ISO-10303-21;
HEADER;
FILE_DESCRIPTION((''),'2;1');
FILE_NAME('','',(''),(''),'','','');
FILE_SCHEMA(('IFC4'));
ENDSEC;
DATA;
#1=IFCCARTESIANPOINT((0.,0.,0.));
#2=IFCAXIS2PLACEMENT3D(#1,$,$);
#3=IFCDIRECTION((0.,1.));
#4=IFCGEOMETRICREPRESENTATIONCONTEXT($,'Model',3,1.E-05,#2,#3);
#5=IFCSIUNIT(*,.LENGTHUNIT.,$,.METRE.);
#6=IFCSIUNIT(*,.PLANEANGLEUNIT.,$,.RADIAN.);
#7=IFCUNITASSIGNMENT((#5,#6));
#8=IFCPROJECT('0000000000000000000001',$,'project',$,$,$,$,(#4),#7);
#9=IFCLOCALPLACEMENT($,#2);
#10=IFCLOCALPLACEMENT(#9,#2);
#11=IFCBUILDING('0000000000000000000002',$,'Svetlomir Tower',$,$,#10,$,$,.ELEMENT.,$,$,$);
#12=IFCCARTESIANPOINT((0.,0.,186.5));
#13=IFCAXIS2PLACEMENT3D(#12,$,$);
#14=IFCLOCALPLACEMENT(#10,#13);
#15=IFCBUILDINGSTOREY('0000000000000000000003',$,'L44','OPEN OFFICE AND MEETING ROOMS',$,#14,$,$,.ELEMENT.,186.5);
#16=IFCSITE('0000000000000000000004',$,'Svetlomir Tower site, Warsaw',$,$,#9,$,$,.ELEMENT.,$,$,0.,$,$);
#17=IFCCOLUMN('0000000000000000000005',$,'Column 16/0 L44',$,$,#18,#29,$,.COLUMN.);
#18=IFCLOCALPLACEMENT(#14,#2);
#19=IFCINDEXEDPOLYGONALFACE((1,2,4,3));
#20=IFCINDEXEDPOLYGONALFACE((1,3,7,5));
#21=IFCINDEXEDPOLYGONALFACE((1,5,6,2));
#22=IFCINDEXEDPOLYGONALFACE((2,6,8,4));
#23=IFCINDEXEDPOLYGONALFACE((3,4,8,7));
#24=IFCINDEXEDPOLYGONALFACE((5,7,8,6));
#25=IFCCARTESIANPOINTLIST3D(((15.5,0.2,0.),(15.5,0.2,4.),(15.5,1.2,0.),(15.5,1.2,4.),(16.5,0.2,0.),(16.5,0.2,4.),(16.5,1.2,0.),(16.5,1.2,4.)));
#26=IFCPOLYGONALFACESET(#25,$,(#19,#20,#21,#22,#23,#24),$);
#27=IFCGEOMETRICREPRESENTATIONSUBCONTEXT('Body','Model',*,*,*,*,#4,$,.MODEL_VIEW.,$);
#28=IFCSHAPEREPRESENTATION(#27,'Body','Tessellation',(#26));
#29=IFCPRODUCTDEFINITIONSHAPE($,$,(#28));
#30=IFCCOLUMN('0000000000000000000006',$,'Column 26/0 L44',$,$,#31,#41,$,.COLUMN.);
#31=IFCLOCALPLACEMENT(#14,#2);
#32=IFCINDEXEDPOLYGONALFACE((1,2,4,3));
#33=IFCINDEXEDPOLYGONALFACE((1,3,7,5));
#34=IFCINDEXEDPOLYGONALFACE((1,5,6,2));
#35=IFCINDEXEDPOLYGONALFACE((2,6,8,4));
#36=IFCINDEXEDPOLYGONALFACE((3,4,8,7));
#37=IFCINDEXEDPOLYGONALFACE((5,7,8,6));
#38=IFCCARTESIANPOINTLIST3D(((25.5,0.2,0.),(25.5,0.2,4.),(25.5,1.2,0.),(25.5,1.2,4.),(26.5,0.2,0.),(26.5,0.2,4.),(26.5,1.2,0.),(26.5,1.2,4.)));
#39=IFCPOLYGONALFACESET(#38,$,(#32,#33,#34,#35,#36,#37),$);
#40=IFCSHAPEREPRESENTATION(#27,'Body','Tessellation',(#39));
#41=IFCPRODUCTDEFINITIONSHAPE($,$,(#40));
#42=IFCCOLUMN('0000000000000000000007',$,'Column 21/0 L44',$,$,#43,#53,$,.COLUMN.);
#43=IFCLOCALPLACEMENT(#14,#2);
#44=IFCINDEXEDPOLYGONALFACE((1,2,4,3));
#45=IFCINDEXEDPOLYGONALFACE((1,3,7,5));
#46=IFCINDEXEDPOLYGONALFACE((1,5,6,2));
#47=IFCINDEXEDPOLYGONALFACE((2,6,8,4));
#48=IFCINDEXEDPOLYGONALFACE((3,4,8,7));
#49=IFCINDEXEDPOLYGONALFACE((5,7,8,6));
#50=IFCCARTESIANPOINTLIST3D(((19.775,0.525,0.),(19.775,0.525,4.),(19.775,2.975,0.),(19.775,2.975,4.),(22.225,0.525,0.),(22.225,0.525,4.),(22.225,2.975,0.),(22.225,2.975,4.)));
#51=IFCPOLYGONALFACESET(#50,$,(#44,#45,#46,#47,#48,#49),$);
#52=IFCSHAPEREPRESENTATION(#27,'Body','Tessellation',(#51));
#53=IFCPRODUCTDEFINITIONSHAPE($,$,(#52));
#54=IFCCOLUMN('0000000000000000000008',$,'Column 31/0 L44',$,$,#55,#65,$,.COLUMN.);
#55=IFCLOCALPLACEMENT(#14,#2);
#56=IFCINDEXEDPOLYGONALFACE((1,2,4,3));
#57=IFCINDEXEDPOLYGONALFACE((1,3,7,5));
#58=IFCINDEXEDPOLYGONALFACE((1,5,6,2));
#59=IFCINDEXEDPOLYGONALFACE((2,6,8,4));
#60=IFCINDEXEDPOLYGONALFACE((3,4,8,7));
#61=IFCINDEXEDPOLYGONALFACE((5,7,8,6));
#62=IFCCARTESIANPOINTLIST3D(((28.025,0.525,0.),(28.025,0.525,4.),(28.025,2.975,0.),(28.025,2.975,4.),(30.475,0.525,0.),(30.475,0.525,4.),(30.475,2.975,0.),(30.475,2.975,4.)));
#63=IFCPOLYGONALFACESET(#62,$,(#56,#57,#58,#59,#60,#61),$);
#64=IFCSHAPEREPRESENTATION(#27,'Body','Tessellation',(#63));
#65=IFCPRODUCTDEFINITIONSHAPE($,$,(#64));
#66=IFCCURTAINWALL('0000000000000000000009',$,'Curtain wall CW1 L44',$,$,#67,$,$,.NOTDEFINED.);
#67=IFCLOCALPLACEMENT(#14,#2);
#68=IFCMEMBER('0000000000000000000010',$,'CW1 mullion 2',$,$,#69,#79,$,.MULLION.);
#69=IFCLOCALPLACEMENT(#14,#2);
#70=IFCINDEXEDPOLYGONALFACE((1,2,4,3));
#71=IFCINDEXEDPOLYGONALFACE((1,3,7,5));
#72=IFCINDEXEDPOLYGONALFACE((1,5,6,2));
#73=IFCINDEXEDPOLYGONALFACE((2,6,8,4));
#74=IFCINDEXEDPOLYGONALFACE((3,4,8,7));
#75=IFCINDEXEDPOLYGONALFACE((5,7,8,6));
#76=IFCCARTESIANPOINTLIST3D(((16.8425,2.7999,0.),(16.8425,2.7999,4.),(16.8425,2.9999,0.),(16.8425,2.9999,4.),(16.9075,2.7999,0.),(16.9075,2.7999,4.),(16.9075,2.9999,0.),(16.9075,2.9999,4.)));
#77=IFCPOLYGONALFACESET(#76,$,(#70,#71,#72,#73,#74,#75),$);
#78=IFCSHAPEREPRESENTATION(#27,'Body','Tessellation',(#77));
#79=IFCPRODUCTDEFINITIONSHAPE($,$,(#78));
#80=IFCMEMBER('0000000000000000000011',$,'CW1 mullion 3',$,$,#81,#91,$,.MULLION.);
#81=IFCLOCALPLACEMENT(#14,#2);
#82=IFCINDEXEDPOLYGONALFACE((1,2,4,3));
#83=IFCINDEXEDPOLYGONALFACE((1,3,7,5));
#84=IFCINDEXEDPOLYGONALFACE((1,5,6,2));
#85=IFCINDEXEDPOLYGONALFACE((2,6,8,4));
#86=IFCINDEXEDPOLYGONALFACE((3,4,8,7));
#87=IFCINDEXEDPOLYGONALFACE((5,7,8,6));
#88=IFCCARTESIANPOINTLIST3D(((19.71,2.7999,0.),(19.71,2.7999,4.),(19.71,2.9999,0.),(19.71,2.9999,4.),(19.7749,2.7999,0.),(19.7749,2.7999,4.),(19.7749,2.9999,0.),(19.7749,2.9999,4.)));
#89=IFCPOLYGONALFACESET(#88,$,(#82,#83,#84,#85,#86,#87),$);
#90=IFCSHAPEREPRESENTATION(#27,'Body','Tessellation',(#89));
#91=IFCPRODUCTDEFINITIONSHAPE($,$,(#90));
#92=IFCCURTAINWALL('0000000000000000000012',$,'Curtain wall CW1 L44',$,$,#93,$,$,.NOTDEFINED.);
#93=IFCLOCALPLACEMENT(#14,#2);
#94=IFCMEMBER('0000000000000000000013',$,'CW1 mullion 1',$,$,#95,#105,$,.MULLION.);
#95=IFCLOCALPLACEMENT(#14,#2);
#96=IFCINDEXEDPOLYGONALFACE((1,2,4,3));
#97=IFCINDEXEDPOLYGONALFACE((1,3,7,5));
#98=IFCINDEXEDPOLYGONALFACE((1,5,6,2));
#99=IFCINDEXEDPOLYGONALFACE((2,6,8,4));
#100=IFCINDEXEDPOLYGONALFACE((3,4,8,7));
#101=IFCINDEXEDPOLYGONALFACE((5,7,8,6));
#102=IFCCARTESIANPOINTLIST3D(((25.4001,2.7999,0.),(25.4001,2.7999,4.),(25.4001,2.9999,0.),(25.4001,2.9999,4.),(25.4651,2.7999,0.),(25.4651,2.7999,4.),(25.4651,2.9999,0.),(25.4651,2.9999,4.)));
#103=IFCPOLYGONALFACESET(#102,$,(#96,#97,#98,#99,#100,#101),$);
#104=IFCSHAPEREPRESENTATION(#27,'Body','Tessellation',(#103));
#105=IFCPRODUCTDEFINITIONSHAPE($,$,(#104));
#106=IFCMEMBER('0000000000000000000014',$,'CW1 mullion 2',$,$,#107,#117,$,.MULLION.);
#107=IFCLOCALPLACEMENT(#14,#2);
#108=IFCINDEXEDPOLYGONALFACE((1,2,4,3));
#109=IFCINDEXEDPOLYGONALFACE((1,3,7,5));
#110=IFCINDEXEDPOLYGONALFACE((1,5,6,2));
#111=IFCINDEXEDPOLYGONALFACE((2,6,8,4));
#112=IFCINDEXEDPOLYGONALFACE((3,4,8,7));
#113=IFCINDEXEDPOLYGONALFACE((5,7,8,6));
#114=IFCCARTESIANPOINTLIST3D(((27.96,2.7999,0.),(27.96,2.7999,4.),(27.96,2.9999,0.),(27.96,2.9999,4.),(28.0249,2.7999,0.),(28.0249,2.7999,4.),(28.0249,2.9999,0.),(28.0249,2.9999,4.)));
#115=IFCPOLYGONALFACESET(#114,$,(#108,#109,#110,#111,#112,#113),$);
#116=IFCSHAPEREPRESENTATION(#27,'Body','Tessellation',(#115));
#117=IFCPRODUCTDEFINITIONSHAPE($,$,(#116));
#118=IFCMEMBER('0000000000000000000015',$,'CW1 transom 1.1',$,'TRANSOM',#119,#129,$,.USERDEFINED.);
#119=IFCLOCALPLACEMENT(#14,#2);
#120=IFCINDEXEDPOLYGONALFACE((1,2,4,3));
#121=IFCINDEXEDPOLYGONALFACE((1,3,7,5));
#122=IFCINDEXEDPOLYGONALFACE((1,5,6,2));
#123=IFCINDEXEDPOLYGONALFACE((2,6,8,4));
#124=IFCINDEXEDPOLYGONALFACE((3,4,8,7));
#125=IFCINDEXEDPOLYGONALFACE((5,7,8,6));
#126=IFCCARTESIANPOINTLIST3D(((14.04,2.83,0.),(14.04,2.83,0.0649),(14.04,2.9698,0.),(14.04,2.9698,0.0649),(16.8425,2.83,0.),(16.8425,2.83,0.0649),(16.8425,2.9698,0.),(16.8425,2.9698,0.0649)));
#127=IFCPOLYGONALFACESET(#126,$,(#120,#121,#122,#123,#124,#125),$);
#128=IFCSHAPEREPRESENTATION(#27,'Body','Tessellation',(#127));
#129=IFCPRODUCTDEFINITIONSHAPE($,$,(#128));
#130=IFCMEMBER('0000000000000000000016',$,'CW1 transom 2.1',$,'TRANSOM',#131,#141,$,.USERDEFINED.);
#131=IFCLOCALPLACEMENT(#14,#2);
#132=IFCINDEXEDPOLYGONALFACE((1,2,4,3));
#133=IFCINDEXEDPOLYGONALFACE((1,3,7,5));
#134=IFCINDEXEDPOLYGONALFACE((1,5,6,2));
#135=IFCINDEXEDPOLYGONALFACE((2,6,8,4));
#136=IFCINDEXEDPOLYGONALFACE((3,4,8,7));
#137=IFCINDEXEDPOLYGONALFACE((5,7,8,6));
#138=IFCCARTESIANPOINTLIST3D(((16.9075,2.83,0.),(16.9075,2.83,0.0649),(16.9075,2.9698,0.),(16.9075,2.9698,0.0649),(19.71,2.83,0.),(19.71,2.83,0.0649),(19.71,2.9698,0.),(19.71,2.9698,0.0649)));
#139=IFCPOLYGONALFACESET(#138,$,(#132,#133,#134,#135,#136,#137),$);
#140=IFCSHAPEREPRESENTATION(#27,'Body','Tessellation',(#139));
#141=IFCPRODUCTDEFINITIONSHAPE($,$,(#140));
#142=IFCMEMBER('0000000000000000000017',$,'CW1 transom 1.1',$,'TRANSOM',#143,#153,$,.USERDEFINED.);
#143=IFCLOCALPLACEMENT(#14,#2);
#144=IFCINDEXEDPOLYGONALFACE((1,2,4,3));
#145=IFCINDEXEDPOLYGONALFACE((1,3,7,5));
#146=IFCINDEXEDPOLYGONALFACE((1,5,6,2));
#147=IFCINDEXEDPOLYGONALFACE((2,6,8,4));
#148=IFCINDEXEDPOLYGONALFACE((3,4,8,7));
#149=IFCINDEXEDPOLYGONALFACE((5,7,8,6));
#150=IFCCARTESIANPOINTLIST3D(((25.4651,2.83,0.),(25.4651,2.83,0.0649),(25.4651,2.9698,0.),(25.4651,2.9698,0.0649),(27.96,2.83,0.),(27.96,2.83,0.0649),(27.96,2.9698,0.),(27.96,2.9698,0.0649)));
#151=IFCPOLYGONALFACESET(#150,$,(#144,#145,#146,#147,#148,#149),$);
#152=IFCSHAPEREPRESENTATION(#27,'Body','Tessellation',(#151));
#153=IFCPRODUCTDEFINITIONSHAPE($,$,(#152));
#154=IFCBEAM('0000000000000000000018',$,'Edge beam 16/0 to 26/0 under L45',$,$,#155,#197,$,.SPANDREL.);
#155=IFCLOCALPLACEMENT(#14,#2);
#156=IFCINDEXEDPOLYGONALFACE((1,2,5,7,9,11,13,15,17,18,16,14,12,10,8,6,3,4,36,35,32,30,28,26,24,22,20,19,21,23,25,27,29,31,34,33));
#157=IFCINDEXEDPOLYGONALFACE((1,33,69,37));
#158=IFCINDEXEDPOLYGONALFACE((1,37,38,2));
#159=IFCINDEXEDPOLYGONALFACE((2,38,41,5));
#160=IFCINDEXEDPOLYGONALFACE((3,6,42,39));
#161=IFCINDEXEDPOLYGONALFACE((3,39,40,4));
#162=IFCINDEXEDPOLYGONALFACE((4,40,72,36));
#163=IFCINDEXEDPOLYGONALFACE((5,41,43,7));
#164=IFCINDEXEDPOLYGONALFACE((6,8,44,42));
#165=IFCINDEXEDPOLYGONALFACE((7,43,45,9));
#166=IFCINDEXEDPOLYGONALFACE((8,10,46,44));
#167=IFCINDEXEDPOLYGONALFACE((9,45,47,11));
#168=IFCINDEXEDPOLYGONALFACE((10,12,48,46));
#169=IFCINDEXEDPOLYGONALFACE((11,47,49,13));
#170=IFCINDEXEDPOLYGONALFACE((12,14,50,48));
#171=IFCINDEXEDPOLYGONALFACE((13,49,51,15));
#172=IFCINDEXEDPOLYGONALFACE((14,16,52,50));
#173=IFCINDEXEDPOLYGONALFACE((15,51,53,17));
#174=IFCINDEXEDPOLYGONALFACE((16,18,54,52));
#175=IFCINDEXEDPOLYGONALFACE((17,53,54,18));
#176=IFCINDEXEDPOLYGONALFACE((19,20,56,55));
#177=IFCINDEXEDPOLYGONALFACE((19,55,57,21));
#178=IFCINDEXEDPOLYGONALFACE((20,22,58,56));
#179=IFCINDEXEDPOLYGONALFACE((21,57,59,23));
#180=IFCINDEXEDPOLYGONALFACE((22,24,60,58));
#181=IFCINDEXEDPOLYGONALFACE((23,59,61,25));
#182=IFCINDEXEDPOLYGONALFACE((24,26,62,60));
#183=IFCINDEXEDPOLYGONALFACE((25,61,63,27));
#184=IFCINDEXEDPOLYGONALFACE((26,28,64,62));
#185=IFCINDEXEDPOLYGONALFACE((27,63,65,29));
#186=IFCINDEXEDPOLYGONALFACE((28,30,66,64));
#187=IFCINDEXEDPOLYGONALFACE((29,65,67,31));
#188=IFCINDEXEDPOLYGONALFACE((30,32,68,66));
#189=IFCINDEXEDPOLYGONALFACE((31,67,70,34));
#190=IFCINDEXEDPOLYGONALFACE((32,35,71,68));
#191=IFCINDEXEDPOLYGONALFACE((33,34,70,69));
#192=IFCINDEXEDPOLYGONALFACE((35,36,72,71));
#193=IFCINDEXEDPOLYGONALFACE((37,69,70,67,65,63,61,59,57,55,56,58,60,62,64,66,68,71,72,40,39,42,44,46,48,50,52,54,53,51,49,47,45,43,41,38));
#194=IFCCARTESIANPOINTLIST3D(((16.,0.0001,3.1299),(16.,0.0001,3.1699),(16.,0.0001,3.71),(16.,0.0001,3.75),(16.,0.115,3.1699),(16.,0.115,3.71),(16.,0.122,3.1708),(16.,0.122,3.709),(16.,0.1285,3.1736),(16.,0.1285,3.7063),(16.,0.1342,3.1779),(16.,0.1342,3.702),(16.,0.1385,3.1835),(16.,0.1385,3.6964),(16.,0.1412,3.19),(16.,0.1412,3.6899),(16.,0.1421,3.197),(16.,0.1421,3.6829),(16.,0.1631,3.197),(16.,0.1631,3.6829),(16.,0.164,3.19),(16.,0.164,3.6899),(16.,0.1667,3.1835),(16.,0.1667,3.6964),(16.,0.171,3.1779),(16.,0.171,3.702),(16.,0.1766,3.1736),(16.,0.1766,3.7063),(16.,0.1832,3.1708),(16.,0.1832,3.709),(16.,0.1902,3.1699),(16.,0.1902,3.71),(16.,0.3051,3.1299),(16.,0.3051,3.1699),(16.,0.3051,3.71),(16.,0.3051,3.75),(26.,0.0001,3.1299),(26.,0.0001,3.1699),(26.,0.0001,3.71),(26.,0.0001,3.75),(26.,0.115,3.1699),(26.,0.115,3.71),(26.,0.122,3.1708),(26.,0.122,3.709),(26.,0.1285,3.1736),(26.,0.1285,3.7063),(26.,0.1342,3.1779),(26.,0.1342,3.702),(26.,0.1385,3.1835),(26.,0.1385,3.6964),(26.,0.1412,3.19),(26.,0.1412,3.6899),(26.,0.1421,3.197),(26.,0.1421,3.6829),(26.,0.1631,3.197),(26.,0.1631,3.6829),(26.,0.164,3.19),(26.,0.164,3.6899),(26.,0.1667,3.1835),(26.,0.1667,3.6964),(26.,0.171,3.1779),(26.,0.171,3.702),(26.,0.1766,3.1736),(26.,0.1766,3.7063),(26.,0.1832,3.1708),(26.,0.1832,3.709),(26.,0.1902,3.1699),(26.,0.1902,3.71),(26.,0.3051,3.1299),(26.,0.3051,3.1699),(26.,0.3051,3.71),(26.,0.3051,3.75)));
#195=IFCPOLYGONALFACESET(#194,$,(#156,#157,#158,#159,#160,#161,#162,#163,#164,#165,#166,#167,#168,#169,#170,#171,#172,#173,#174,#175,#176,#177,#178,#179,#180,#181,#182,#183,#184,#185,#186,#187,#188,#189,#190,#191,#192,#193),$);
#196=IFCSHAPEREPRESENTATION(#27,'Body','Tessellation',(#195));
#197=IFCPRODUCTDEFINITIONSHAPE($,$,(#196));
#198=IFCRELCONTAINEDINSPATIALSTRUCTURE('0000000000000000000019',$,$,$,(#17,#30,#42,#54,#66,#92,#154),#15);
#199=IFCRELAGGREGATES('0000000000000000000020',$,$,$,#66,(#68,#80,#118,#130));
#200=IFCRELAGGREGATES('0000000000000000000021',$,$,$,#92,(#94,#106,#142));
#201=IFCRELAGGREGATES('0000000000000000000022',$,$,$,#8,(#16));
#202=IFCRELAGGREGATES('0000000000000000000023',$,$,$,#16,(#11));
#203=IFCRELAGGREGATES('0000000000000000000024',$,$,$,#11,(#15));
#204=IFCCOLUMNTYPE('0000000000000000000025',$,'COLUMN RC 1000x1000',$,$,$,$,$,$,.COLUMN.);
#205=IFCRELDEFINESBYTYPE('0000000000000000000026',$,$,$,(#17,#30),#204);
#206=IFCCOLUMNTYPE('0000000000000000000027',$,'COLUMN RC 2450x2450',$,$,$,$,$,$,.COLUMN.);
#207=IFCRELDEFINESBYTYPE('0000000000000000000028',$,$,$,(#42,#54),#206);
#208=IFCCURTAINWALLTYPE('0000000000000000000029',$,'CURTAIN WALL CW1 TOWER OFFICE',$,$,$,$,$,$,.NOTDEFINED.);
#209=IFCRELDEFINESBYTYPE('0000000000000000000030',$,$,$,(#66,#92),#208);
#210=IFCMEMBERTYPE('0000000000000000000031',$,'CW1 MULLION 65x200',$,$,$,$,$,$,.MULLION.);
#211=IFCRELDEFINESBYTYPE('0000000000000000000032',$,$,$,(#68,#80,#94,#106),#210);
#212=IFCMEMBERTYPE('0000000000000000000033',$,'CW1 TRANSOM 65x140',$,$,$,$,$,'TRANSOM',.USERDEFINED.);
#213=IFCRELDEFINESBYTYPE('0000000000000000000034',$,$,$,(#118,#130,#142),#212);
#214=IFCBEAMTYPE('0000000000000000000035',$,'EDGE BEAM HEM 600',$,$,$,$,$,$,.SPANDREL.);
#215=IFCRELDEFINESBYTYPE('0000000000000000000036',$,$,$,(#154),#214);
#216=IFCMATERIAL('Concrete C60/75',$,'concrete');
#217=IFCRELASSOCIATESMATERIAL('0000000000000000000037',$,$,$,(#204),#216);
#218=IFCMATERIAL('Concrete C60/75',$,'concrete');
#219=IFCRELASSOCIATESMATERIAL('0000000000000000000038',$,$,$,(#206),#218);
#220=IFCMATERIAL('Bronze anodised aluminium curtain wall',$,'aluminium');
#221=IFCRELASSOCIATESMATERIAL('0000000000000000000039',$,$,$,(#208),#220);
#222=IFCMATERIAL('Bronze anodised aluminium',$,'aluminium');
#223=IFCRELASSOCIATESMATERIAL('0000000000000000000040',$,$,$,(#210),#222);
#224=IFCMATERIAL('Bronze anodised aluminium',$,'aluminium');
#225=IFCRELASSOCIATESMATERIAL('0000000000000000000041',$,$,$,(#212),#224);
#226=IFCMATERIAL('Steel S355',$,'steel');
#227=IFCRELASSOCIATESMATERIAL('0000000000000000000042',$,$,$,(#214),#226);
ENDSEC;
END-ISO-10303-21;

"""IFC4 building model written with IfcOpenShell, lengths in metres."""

from ifc_helpers import new_model, si_unit, direction, frame, origin, origin_2d, place, context, subcontext, project, spatial, rectangle, i_section, extrude, material, material_profile, profile_set, type_object, element, aggregate, save


model = new_model("IFC4")

# Units and contexts
model_context = context("Model", 3, precision=1e-05, world=origin(), true_north=direction((0.0, 1.0)))
body_context = subcontext(model_context, "Body", "Model", "MODEL_VIEW")
ifc_project = project(units=[si_unit("LENGTHUNIT", "METRE"), si_unit("PLANEANGLEUNIT", "RADIAN")], contexts=[model_context])

# Site, building, storey
site_placement = place(None, origin())
site = spatial("IfcSite", under=ifc_project, at=site_placement, Name="Svetlomir Tower site, Warsaw", CompositionType="ELEMENT", RefElevation=0.0)
building_placement = place(site_placement, origin())
building = spatial("IfcBuilding", under=site, at=building_placement, Name="Svetlomir Tower", CompositionType="ELEMENT")
storey_placement = place(building_placement, frame((0.0, 0.0, 186.5)))
storey = spatial("IfcBuildingStorey", under=building, at=storey_placement, Name="L44", Description="OPEN OFFICE AND MEETING ROOMS", CompositionType="ELEMENT", Elevation=186.5)

# Columns
ifc_material_1 = material(Name="Concrete C60/75", Category="concrete")
ifc_material_profile_1 = material_profile(ifc_material_1, rectangle(XDim=1.0, YDim=1.0, at=origin_2d()), Name="RC 1000x1000")
ifc_profile_set_1 = profile_set([ifc_material_profile_1], Name="Concrete C60/75")
column_type_1 = type_object("IfcColumnType", Name="COLUMN RC 1000x1000", PredefinedType="COLUMN", material=ifc_profile_set_1)
for number, where, z_axis, x_axis, name in (
    (1, (16.0, 0.7, 0.0), (0.0, 0.0, 1.0), (1.0, 0.0, 0.0), "Column 16/0 L44"),
    (2, (26.0, 0.7, 0.0), (0.0, 0.0, 1.0), (1.0, 0.0, 0.0), "Column 26/0 L44"),
):
    element("IfcColumn", number, at=place(storey_placement, frame(where, z_axis=z_axis, x_axis=x_axis)), inside=storey, type_object=column_type_1, Name=name, PredefinedType="COLUMN", context=body_context, shape_type="SweptSolid", body=[
        extrude(rectangle(XDim=1.0, YDim=1.0, at=origin_2d()), origin(), (0.0, 0.0, 1.0), 4.0),
    ])
ifc_material_2 = material(Name="Concrete C60/75", Category="concrete")
ifc_material_profile_2 = material_profile(ifc_material_2, rectangle(XDim=2.45, YDim=2.45, at=origin_2d()), Name="RC 2450x2450")
ifc_profile_set_2 = profile_set([ifc_material_profile_2], Name="Concrete C60/75")
column_type_2 = type_object("IfcColumnType", Name="COLUMN RC 2450x2450", PredefinedType="COLUMN", material=ifc_profile_set_2)
for number, where, z_axis, x_axis, name in (
    (3, (21.0, 1.75, 0.0), (0.0, 0.0, 1.0), (1.0, 0.0, 0.0), "Column 21/0 L44"),
    (4, (29.25, 1.75, 0.0), (0.0, 0.0, 1.0), (1.0, 0.0, 0.0), "Column 31/0 L44"),
):
    element("IfcColumn", number, at=place(storey_placement, frame(where, z_axis=z_axis, x_axis=x_axis)), inside=storey, type_object=column_type_2, Name=name, PredefinedType="COLUMN", context=body_context, shape_type="SweptSolid", body=[
        extrude(rectangle(XDim=2.45, YDim=2.45, at=origin_2d()), origin(), (0.0, 0.0, 1.0), 4.0),
    ])

# Curtain walls, members
ifc_material_3 = material(Name="Bronze anodised aluminium curtain wall", Category="aluminium")
curtain_wall_type = type_object("IfcCurtainWallType", Name="CURTAIN WALL CW1 TOWER OFFICE", PredefinedType="NOTDEFINED", material=ifc_material_3)
curtain_wall_1_placement = place(storey_placement, origin())
curtain_wall_1 = element("IfcCurtainWall", 5, at=curtain_wall_1_placement, inside=storey, type_object=curtain_wall_type, Name="Curtain wall CW1 L44", PredefinedType="NOTDEFINED")
ifc_material_4 = material(Name="Bronze anodised aluminium", Category="aluminium")
ifc_material_profile_3 = material_profile(ifc_material_4, rectangle(XDim=0.0649, YDim=0.2, at=origin_2d()), Name="AL 65x200")
ifc_profile_set_3 = profile_set([ifc_material_profile_3], Name="Bronze anodised aluminium 6063-T6")
member_type_1 = type_object("IfcMemberType", Name="CW1 MULLION 65x200", PredefinedType="MULLION", material=ifc_profile_set_3)
member_1_placement = place(storey_placement, frame((16.875, 2.8999, 0.0), z_axis=(0.0, 0.0, 1.0), x_axis=(1.0, 0.0, 0.0)))
member_1 = element("IfcMember", 6, at=member_1_placement, type_object=member_type_1, Name="CW1 mullion 2", PredefinedType="MULLION", context=body_context, shape_type="SweptSolid", body=[
    extrude(rectangle(XDim=0.0649, YDim=0.2, at=origin_2d()), origin(), (0.0, 0.0, 1.0), 4.0),
])
member_2_placement = place(storey_placement, frame((19.7424, 2.8999, 0.0), z_axis=(0.0, 0.0, 1.0), x_axis=(1.0, 0.0, 0.0)))
member_2 = element("IfcMember", 7, at=member_2_placement, type_object=member_type_1, Name="CW1 mullion 3", PredefinedType="MULLION", context=body_context, shape_type="SweptSolid", body=[
    extrude(rectangle(XDim=0.0649, YDim=0.2, at=origin_2d()), origin(), (0.0, 0.0, 1.0), 4.0),
])
curtain_wall_2_placement = place(storey_placement, origin())
curtain_wall_2 = element("IfcCurtainWall", 8, at=curtain_wall_2_placement, inside=storey, type_object=curtain_wall_type, Name="Curtain wall CW1 L44", PredefinedType="NOTDEFINED")
member_3_placement = place(storey_placement, frame((25.4326, 2.8999, 0.0), z_axis=(0.0, 0.0, 1.0), x_axis=(1.0, 0.0, 0.0)))
member_3 = element("IfcMember", 9, at=member_3_placement, type_object=member_type_1, Name="CW1 mullion 1", PredefinedType="MULLION", context=body_context, shape_type="SweptSolid", body=[
    extrude(rectangle(XDim=0.0649, YDim=0.2, at=origin_2d()), origin(), (0.0, 0.0, 1.0), 4.0),
])
member_4_placement = place(storey_placement, frame((27.9924, 2.8999, 0.0), z_axis=(0.0, 0.0, 1.0), x_axis=(1.0, 0.0, 0.0)))
member_4 = element("IfcMember", 10, at=member_4_placement, type_object=member_type_1, Name="CW1 mullion 2", PredefinedType="MULLION", context=body_context, shape_type="SweptSolid", body=[
    extrude(rectangle(XDim=0.0649, YDim=0.2, at=origin_2d()), origin(), (0.0, 0.0, 1.0), 4.0),
])

# Members
ifc_material_5 = material(Name="Bronze anodised aluminium", Category="aluminium")
ifc_material_profile_4 = material_profile(ifc_material_5, rectangle(XDim=0.1399, YDim=0.0649, at=origin_2d()), Name="AL 140x65")
ifc_profile_set_4 = profile_set([ifc_material_profile_4], Name="Bronze anodised aluminium 6063-T6")
member_type_2 = type_object("IfcMemberType", Name="CW1 TRANSOM 65x140", ElementType="TRANSOM", PredefinedType="USERDEFINED", material=ifc_profile_set_4)
member_5_placement = place(storey_placement, frame((14.04, 2.8999, 0.0325), z_axis=(1.0, 0.0, 0.0), x_axis=(0.0, 1.0, 0.0)))
member_5 = element("IfcMember", 11, at=member_5_placement, type_object=member_type_2, Name="CW1 transom 1.1", ObjectType="TRANSOM", PredefinedType="USERDEFINED", context=body_context, shape_type="SweptSolid", body=[
    extrude(rectangle(XDim=0.1399, YDim=0.0649, at=origin_2d()), origin(), (0.0, 0.0, 1.0), 2.8025),
])
member_6_placement = place(storey_placement, frame((16.9075, 2.8999, 0.0325), z_axis=(1.0, 0.0, 0.0), x_axis=(0.0, 1.0, 0.0)))
member_6 = element("IfcMember", 12, at=member_6_placement, type_object=member_type_2, Name="CW1 transom 2.1", ObjectType="TRANSOM", PredefinedType="USERDEFINED", context=body_context, shape_type="SweptSolid", body=[
    extrude(rectangle(XDim=0.1399, YDim=0.0649, at=origin_2d()), origin(), (0.0, 0.0, 1.0), 2.8025),
])
member_7_placement = place(storey_placement, frame((25.4651, 2.8999, 0.0325), z_axis=(1.0, 0.0, 0.0), x_axis=(0.0, 1.0, 0.0)))
member_7 = element("IfcMember", 13, at=member_7_placement, type_object=member_type_2, Name="CW1 transom 1.1", ObjectType="TRANSOM", PredefinedType="USERDEFINED", context=body_context, shape_type="SweptSolid", body=[
    extrude(rectangle(XDim=0.1399, YDim=0.0649, at=origin_2d()), origin(), (0.0, 0.0, 1.0), 2.4949),
])

# Beam
ifc_material_6 = material(Name="Steel S355", Category="steel")
ifc_material_profile_5 = material_profile(ifc_material_6, i_section(OverallWidth=0.3049, OverallDepth=0.6201, WebThickness=0.021, FlangeThickness=0.04, FilletRadius=0.0271, at=origin_2d()), Name="HEM 600")
ifc_profile_set_5 = profile_set([ifc_material_profile_5], Name="Steel S355")
beam_type_1 = type_object("IfcBeamType", Name="EDGE BEAM HEM 600", PredefinedType="SPANDREL", material=ifc_profile_set_5)
beam_1_placement = place(storey_placement, frame((16.0, 0.1526, 3.4399), z_axis=(1.0, 0.0, 0.0), x_axis=(0.0, 1.0, 0.0)))
element("IfcBeam", 14, at=beam_1_placement, inside=storey, type_object=beam_type_1, Name="Edge beam 16/0 to 26/0 under L45", PredefinedType="SPANDREL", context=body_context, shape_type="SweptSolid", body=[
    extrude(i_section(OverallWidth=0.3049, OverallDepth=0.6201, WebThickness=0.021, FlangeThickness=0.04, FilletRadius=0.0271, at=origin_2d()), origin(), (0.0, 0.0, 1.0), 10.0),
])

aggregate(curtain_wall_1, [member_1, member_2, member_5, member_6])
aggregate(curtain_wall_2, [member_3, member_4, member_7])

save(model, "model.ifc")
